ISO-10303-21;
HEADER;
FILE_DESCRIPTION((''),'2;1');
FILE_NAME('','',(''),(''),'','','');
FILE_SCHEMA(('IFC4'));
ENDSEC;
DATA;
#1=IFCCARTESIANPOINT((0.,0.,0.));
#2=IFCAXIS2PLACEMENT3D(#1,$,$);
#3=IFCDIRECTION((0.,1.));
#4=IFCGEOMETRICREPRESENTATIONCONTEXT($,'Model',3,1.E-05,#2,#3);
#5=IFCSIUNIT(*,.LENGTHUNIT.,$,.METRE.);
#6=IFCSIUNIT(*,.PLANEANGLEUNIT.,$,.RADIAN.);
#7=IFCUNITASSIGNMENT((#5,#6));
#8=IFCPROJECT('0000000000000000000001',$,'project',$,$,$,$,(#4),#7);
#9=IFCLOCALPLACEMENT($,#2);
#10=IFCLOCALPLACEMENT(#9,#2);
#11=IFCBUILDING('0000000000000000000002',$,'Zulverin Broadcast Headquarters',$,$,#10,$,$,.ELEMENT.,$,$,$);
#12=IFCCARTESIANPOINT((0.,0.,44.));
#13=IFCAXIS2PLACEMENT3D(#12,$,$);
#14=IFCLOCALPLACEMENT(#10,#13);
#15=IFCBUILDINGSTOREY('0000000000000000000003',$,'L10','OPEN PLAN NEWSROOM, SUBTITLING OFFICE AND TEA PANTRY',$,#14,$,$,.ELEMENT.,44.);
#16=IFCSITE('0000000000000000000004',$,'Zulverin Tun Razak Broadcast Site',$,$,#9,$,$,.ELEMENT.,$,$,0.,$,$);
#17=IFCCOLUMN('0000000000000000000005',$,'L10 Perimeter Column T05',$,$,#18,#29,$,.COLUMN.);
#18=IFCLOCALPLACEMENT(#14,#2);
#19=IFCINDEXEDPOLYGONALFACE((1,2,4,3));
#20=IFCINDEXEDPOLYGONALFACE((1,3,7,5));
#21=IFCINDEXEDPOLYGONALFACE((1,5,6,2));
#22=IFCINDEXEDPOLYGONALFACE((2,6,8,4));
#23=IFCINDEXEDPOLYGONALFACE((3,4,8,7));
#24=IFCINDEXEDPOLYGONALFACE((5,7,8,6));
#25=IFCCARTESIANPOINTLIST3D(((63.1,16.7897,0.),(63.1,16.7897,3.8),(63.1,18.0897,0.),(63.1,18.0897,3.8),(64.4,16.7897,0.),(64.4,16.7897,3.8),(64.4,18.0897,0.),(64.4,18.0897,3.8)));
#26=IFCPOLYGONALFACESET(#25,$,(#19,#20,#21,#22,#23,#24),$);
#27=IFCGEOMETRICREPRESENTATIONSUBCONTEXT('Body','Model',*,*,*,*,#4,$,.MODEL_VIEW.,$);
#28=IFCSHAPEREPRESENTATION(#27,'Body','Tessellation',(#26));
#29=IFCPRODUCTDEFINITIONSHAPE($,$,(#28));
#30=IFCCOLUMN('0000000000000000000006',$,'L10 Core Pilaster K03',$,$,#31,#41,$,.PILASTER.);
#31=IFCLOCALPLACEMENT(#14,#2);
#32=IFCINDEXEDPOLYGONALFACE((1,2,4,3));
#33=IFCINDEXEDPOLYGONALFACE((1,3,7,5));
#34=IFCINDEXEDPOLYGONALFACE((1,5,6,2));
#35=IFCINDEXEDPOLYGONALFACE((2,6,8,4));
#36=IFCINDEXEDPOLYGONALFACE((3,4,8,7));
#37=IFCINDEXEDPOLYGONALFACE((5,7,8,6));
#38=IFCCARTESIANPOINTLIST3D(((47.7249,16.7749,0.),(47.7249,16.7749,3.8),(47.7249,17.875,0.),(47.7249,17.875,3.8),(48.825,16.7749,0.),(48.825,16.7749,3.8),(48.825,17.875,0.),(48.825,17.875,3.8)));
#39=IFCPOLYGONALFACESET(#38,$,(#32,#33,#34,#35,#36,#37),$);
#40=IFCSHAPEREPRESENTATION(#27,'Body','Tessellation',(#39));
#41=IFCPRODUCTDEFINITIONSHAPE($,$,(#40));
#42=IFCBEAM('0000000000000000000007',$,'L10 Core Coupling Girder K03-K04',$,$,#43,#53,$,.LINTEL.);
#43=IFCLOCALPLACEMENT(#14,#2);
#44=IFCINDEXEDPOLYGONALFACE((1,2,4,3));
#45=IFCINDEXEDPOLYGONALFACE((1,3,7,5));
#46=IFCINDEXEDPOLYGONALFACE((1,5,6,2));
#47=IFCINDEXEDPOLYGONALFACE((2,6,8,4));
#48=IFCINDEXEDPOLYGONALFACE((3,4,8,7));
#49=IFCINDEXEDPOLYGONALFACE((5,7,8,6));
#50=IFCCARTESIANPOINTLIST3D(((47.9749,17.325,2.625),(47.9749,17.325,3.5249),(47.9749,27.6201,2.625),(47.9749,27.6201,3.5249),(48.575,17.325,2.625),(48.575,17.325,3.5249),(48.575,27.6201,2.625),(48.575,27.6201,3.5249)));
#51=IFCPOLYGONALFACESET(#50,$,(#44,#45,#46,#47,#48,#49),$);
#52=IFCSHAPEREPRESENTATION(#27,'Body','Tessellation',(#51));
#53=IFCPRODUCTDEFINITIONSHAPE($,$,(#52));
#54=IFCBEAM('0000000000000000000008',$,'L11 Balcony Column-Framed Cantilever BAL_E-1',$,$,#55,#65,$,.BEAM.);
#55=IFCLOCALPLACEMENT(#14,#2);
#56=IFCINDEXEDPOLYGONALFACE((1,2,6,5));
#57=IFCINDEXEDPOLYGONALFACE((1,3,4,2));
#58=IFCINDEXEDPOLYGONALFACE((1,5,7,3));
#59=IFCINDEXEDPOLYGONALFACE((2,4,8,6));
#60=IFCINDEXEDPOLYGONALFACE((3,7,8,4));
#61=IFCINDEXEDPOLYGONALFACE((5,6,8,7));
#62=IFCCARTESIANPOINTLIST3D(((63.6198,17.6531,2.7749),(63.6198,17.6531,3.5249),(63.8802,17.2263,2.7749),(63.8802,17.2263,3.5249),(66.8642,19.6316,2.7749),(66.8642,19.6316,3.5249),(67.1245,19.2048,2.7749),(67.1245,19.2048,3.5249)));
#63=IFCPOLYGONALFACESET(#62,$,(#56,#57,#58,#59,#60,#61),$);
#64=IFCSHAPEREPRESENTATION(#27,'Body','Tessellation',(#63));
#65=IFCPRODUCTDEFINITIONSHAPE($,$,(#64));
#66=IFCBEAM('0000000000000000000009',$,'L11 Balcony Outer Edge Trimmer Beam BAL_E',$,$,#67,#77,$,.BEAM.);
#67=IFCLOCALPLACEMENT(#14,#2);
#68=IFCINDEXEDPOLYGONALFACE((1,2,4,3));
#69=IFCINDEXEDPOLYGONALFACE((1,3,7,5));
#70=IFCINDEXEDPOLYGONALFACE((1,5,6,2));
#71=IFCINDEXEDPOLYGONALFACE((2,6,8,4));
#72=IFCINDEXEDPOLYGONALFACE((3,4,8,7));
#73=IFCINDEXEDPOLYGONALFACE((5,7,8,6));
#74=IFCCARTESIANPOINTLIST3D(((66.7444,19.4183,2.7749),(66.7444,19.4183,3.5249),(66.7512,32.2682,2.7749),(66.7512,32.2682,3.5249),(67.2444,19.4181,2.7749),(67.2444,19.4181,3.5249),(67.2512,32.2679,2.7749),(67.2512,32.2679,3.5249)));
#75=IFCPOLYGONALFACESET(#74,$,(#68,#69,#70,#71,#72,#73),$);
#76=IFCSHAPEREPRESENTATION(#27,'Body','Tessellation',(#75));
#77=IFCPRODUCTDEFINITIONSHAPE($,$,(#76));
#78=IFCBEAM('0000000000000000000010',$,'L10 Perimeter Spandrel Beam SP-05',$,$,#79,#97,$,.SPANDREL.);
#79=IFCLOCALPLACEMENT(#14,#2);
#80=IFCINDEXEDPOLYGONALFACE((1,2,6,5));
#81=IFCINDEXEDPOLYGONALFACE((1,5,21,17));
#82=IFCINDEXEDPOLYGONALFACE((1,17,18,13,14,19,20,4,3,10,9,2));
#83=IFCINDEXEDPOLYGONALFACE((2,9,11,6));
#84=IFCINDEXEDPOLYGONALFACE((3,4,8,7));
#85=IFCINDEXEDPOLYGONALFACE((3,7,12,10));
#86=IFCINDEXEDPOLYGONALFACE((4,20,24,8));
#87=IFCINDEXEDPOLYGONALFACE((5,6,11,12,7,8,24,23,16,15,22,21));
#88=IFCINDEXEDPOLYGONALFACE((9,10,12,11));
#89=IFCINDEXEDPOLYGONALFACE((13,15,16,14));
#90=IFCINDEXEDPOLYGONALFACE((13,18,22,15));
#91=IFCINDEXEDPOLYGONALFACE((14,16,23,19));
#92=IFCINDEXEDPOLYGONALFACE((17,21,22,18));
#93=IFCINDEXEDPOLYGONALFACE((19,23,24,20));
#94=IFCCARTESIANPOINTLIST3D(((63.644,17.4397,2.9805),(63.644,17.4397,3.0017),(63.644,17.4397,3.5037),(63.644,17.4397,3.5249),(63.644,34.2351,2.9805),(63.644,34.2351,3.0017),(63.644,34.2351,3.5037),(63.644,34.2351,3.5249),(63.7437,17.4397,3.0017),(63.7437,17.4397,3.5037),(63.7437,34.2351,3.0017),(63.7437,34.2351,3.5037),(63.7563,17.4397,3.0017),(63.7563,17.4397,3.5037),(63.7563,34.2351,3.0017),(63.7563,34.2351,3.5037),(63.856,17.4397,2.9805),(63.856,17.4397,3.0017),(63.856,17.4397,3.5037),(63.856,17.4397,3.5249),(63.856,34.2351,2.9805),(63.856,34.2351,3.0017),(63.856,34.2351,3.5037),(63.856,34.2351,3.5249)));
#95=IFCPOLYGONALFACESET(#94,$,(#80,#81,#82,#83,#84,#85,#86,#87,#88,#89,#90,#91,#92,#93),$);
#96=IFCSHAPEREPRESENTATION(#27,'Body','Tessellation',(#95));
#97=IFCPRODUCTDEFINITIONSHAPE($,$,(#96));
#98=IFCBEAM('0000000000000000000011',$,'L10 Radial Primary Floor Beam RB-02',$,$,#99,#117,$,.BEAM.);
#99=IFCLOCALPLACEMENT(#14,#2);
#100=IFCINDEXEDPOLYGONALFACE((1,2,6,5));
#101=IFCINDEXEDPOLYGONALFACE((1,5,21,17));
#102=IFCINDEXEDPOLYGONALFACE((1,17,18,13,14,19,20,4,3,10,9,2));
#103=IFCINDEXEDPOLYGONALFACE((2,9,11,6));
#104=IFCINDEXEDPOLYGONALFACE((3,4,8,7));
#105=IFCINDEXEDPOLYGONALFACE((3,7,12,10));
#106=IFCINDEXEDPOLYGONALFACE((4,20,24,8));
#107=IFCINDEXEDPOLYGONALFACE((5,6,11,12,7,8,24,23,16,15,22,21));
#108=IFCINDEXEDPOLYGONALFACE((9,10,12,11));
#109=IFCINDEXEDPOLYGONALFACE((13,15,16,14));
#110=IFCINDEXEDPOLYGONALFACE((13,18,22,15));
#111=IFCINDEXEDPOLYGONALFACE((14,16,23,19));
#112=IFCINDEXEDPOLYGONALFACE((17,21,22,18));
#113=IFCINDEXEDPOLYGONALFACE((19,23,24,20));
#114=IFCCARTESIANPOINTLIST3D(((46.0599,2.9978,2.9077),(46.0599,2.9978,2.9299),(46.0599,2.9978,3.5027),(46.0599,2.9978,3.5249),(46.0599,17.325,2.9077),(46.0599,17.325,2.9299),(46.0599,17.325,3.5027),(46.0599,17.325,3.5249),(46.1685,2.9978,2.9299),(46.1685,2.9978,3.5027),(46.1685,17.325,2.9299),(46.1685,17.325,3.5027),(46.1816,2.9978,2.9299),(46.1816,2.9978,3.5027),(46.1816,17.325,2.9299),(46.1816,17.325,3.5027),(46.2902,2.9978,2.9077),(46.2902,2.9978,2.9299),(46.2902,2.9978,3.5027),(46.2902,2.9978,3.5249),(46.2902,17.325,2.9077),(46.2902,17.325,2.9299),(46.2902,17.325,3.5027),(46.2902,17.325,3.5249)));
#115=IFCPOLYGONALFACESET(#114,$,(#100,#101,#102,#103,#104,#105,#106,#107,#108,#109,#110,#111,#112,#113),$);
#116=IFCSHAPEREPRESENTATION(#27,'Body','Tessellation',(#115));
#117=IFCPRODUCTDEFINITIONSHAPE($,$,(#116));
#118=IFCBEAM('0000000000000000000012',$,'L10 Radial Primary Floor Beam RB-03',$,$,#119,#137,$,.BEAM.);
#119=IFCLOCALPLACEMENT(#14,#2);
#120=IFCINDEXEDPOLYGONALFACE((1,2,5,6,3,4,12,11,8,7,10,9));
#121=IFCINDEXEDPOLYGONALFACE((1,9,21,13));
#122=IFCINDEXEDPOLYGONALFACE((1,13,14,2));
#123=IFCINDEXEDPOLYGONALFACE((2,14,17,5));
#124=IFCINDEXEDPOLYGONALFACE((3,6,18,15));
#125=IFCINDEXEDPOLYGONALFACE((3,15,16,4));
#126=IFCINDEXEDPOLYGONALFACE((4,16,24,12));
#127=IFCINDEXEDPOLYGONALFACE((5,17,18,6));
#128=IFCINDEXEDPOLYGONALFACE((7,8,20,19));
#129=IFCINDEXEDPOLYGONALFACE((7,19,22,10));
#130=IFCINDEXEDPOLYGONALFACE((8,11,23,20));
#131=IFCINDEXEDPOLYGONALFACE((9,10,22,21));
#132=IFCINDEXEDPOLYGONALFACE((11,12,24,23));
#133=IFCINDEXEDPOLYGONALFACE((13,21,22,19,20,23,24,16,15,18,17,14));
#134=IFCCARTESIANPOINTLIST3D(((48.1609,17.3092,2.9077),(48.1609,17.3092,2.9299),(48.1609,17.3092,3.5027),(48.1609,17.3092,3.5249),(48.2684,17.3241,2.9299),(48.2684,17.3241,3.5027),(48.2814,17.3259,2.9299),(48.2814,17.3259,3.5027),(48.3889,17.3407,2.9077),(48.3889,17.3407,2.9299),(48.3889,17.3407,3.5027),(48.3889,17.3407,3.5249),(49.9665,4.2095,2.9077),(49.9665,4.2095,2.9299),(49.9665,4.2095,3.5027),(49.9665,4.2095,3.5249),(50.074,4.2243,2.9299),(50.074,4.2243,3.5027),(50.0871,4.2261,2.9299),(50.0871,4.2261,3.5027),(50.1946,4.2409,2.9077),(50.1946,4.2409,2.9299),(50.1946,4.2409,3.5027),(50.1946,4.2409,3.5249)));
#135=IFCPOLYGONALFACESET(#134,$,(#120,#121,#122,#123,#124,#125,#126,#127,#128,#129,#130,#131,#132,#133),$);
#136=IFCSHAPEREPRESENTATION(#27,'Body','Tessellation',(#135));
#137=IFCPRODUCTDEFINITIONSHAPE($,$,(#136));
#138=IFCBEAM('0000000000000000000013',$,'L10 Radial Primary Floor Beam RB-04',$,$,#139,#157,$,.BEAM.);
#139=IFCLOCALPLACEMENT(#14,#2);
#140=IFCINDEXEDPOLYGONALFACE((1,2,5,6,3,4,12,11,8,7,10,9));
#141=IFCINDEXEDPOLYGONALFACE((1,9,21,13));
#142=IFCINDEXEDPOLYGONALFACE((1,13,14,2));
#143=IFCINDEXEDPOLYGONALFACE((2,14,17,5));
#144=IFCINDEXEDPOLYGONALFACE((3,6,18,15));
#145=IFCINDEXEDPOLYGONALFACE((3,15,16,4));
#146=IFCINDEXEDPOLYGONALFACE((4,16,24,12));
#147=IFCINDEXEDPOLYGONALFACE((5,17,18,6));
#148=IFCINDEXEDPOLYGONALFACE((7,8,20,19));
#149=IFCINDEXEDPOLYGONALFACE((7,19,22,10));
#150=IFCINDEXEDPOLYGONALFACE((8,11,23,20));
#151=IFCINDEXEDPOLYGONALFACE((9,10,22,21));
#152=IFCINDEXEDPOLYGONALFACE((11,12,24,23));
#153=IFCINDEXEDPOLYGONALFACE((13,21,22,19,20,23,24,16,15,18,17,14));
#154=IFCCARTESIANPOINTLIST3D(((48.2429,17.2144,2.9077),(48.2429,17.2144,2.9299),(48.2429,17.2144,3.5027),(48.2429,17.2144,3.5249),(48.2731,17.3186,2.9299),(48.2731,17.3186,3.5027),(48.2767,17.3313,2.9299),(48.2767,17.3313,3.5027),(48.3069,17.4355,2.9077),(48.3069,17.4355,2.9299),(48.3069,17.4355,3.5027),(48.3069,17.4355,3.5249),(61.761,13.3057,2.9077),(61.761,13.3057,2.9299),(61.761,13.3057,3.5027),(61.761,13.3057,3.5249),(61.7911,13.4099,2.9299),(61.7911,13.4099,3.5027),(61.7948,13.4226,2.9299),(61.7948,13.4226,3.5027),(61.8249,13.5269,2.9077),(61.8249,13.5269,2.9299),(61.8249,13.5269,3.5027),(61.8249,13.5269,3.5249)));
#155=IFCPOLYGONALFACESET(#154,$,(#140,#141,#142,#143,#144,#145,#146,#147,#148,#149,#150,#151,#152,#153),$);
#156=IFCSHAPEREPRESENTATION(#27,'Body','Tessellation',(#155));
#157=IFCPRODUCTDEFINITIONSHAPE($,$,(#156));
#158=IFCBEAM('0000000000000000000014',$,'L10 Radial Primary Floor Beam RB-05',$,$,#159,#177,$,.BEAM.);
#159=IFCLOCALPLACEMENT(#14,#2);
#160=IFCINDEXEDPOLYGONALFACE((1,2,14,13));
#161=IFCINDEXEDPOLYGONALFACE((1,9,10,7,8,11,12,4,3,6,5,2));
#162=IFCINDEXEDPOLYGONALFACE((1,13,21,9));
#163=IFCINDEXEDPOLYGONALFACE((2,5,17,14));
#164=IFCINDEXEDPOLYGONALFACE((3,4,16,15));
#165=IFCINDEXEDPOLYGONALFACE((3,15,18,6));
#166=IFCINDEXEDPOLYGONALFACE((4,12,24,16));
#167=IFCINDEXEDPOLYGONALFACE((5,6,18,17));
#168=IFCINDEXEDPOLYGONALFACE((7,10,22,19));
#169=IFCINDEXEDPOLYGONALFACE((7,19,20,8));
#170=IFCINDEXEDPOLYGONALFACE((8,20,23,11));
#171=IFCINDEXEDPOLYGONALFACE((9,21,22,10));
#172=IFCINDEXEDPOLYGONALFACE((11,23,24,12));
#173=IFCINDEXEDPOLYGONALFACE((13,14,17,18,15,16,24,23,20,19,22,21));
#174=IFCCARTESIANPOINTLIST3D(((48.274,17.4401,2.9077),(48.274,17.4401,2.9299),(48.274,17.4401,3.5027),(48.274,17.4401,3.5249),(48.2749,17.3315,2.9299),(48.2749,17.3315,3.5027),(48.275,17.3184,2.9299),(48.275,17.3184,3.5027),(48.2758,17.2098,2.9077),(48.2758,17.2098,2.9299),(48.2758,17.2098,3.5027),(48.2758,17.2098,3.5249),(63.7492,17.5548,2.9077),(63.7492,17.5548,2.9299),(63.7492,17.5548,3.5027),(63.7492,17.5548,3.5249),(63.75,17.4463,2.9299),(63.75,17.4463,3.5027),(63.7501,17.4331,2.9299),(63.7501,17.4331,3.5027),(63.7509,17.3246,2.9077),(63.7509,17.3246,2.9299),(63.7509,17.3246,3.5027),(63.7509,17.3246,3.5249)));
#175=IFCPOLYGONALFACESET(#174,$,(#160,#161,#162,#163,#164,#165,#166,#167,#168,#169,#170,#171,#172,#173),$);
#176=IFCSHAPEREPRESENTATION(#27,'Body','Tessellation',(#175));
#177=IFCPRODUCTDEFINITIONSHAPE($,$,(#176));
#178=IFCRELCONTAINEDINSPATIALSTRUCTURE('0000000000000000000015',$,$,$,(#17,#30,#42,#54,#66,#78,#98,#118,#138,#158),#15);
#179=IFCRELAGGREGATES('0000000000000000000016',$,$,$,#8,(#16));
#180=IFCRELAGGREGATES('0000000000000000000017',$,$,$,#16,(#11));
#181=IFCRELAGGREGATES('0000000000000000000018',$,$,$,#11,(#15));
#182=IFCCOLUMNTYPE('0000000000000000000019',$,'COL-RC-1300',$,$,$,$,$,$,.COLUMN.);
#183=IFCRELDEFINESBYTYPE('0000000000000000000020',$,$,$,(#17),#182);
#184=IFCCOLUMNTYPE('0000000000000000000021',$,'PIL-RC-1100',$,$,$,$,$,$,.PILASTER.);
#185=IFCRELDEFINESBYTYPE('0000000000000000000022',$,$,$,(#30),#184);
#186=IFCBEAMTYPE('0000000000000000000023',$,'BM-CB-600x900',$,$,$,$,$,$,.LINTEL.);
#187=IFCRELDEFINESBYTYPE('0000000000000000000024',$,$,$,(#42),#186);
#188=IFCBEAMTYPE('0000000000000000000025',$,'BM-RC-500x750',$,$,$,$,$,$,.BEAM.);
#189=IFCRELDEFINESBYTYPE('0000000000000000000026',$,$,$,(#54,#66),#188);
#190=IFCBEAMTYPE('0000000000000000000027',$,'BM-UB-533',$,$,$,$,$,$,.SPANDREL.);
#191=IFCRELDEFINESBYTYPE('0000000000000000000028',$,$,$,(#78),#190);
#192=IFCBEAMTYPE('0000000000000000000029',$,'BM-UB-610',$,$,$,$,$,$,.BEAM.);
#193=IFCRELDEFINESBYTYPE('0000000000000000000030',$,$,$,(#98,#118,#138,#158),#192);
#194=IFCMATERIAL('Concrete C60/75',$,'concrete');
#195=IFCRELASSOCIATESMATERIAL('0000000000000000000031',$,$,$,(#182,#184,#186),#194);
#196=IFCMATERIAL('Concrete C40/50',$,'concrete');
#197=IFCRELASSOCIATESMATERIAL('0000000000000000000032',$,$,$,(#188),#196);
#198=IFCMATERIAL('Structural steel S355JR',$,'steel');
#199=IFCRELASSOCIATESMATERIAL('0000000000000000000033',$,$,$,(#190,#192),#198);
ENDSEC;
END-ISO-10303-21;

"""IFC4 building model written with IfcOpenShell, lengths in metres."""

from ifc_helpers import new_model, si_unit, direction, frame, origin, origin_2d, place, context, subcontext, project, spatial, rectangle, i_section, extrude, material, material_profile, profile_set, type_object, element, save


model = new_model("IFC4")

# Units and contexts
model_context = context("Model", 3, precision=1e-05, world=origin(), true_north=direction((0.0, 1.0)))
body_context = subcontext(model_context, "Body", "Model", "MODEL_VIEW")
ifc_project = project(units=[si_unit("LENGTHUNIT", "METRE"), si_unit("PLANEANGLEUNIT", "RADIAN")], contexts=[model_context])

# Site, building, storey
site_placement = place(None, origin())
site = spatial("IfcSite", under=ifc_project, at=site_placement, Name="Zulverin Tun Razak Broadcast Site", CompositionType="ELEMENT", RefElevation=0.0)
building_placement = place(site_placement, origin())
building = spatial("IfcBuilding", under=site, at=building_placement, Name="Zulverin Broadcast Headquarters", CompositionType="ELEMENT")
storey_placement = place(building_placement, frame((0.0, 0.0, 44.0)))
storey = spatial("IfcBuildingStorey", under=building, at=storey_placement, Name="L10", Description="OPEN PLAN NEWSROOM, SUBTITLING OFFICE AND TEA PANTRY", CompositionType="ELEMENT", Elevation=44.0)

# Columns
ifc_material_1 = material(Name="Concrete C60/75", Category="concrete")
ifc_material_profile_1 = material_profile(ifc_material_1, rectangle(XDim=1.3, YDim=1.3, at=origin_2d()), Name="Concrete C60/75", Category="concrete")
ifc_profile_set_1 = profile_set([ifc_material_profile_1], Name="Concrete C60/75")
column_type_1 = type_object("IfcColumnType", Name="COL-RC-1300", PredefinedType="COLUMN", material=ifc_profile_set_1)
column_1_placement = place(storey_placement, frame((63.75, 17.4397, 0.0), z_axis=(0.0, 0.0, 1.0), x_axis=(1.0, 0.0, 0.0)))
element("IfcColumn", 1, at=column_1_placement, inside=storey, type_object=column_type_1, Name="L10 Perimeter Column T05", PredefinedType="COLUMN", context=body_context, shape_type="SweptSolid", body=[
    extrude(rectangle(XDim=1.3, YDim=1.3, at=origin_2d()), origin(), (0.0, 0.0, 1.0), 3.8),
])
ifc_material_profile_2 = material_profile(ifc_material_1, rectangle(XDim=1.1001, YDim=1.1001, at=origin_2d()), Name="Concrete C60/75", Category="concrete")
ifc_profile_set_2 = profile_set([ifc_material_profile_2], Name="Concrete C60/75")
column_type_2 = type_object("IfcColumnType", Name="PIL-RC-1100", PredefinedType="PILASTER", material=ifc_profile_set_2)
column_2_placement = place(storey_placement, frame((48.2749, 17.325, 0.0), z_axis=(0.0, 0.0, 1.0), x_axis=(1.0, 0.0, 0.0)))
element("IfcColumn", 2, at=column_2_placement, inside=storey, type_object=column_type_2, Name="L10 Core Pilaster K03", PredefinedType="PILASTER", context=body_context, shape_type="SweptSolid", body=[
    extrude(rectangle(XDim=1.1001, YDim=1.1001, at=origin_2d()), origin(), (0.0, 0.0, 1.0), 3.8),
])

# Beams
ifc_material_profile_3 = material_profile(ifc_material_1, rectangle(XDim=0.6001, YDim=0.8999, at=origin_2d()), Name="Concrete C60/75", Category="concrete")
ifc_profile_set_3 = profile_set([ifc_material_profile_3], Name="Concrete C60/75")
beam_type_1 = type_object("IfcBeamType", Name="BM-CB-600x900", PredefinedType="LINTEL", material=ifc_profile_set_3)
beam_1_placement = place(storey_placement, frame((48.2749, 17.325, 3.075), z_axis=(0.0, 1.0, 0.0), x_axis=(-1.0, 0.0, 0.0)))
element("IfcBeam", 3, at=beam_1_placement, inside=storey, type_object=beam_type_1, Name="L10 Core Coupling Girder K03-K04", PredefinedType="LINTEL", context=body_context, shape_type="SweptSolid", body=[
    extrude(rectangle(XDim=0.6001, YDim=0.8999, at=origin_2d()), origin(), (0.0, 0.0, 1.0), 10.2952),
])
ifc_material_2 = material(Name="Concrete C40/50", Category="concrete")
ifc_material_profile_4 = material_profile(ifc_material_2, rectangle(XDim=0.5, YDim=0.75, at=origin_2d()), Name="Concrete C40/50", Category="concrete")
ifc_profile_set_4 = profile_set([ifc_material_profile_4], Name="Concrete C40/50")
beam_type_2 = type_object("IfcBeamType", Name="BM-RC-500x750", PredefinedType="BEAM", material=ifc_profile_set_4)
beam_2_placement = place(storey_placement, frame((63.75, 17.4397, 3.1499), z_axis=(0.853769, 0.520652, 0.0), x_axis=(-0.520652, 0.853769, 0.0)))
element("IfcBeam", 4, at=beam_2_placement, inside=storey, type_object=beam_type_2, Name="L11 Balcony Column-Framed Cantilever BAL_E-1", PredefinedType="BEAM", context=body_context, shape_type="SweptSolid", body=[
    extrude(rectangle(XDim=0.5, YDim=0.75, at=origin_2d()), origin(), (0.0, 0.0, 1.0), 3.8),
])
beam_3_placement = place(storey_placement, frame((66.9944, 19.4182, 3.1499), z_axis=(0.000532, 1.0, 0.0), x_axis=(-1.0, 0.000532, 0.0)))
element("IfcBeam", 5, at=beam_3_placement, inside=storey, type_object=beam_type_2, Name="L11 Balcony Outer Edge Trimmer Beam BAL_E", PredefinedType="BEAM", context=body_context, shape_type="SweptSolid", body=[
    extrude(rectangle(XDim=0.5, YDim=0.75, at=origin_2d()), origin(), (0.0, 0.0, 1.0), 12.8499),
])
ifc_material_3 = material(Name="Structural steel S355JR", Category="steel")
ifc_material_profile_5 = material_profile(ifc_material_3, i_section(OverallWidth=0.2119, OverallDepth=0.5444, WebThickness=0.0127, FlangeThickness=0.0212, at=origin_2d()), Name="Structural steel S355JR", Category="steel")
ifc_profile_set_5 = profile_set([ifc_material_profile_5], Name="Structural steel S355JR")
beam_type_3 = type_object("IfcBeamType", Name="BM-UB-533", PredefinedType="SPANDREL", material=ifc_profile_set_5)
beam_4_placement = place(storey_placement, frame((63.75, 17.4397, 3.2527), z_axis=(0.0, 1.0, 0.0), x_axis=(-1.0, 0.0, 0.0)))
element("IfcBeam", 6, at=beam_4_placement, inside=storey, type_object=beam_type_3, Name="L10 Perimeter Spandrel Beam SP-05", PredefinedType="SPANDREL", context=body_context, shape_type="SweptSolid", body=[
    extrude(i_section(OverallWidth=0.2119, OverallDepth=0.5444, WebThickness=0.0127, FlangeThickness=0.0212, at=origin_2d()), origin(), (0.0, 0.0, 1.0), 16.7954),
])
ifc_material_profile_6 = material_profile(ifc_material_3, i_section(OverallWidth=0.2302, OverallDepth=0.6172, WebThickness=0.0132, FlangeThickness=0.0222, at=origin_2d()), Name="Structural steel S355JR", Category="steel")
ifc_profile_set_6 = profile_set([ifc_material_profile_6], Name="Structural steel S355JR")
beam_type_4 = type_object("IfcBeamType", Name="BM-UB-610", PredefinedType="BEAM", material=ifc_profile_set_6)
beam_5_placement = place(storey_placement, frame((46.175, 17.325, 3.2163), z_axis=(0.0, -1.0, 0.0), x_axis=(1.0, 0.0, 0.0)))
element("IfcBeam", 7, at=beam_5_placement, inside=storey, type_object=beam_type_4, Name="L10 Radial Primary Floor Beam RB-02", PredefinedType="BEAM", context=body_context, shape_type="SweptSolid", body=[
    extrude(i_section(OverallWidth=0.2302, OverallDepth=0.6172, WebThickness=0.0132, FlangeThickness=0.0222, at=origin_2d()), origin(), (0.0, 0.0, 1.0), 14.3271),
])
beam_6_placement = place(storey_placement, frame((48.2749, 17.325, 3.2163), z_axis=(0.136547, -0.990634, 0.0), x_axis=(0.990634, 0.136547, 0.0)))
element("IfcBeam", 8, at=beam_6_placement, inside=storey, type_object=beam_type_4, Name="L10 Radial Primary Floor Beam RB-03", PredefinedType="BEAM", context=body_context, shape_type="SweptSolid", body=[
    extrude(i_section(OverallWidth=0.2302, OverallDepth=0.6172, WebThickness=0.0132, FlangeThickness=0.0222, at=origin_2d()), origin(), (0.0, 0.0, 1.0), 13.2236),
])
beam_7_placement = place(storey_placement, frame((48.2749, 17.325, 3.2163), z_axis=(0.960648, -0.277767, 0.0), x_axis=(0.277767, 0.960648, 0.0)))
element("IfcBeam", 9, at=beam_7_placement, inside=storey, type_object=beam_type_4, Name="L10 Radial Primary Floor Beam RB-04", PredefinedType="BEAM", context=body_context, shape_type="SweptSolid", body=[
    extrude(i_section(OverallWidth=0.2302, OverallDepth=0.6172, WebThickness=0.0132, FlangeThickness=0.0222, at=origin_2d()), origin(), (0.0, 0.0, 1.0), 14.0718),
])
beam_8_placement = place(storey_placement, frame((48.2749, 17.325, 3.2163), z_axis=(0.999973, 0.007415, 0.0), x_axis=(-0.007415, 0.999973, 0.0)))
element("IfcBeam", 10, at=beam_8_placement, inside=storey, type_object=beam_type_4, Name="L10 Radial Primary Floor Beam RB-05", PredefinedType="BEAM", context=body_context, shape_type="SweptSolid", body=[
    extrude(i_section(OverallWidth=0.2302, OverallDepth=0.6172, WebThickness=0.0132, FlangeThickness=0.0222, at=origin_2d()), origin(), (0.0, 0.0, 1.0), 15.4756),
])

save(model, "model.ifc")
